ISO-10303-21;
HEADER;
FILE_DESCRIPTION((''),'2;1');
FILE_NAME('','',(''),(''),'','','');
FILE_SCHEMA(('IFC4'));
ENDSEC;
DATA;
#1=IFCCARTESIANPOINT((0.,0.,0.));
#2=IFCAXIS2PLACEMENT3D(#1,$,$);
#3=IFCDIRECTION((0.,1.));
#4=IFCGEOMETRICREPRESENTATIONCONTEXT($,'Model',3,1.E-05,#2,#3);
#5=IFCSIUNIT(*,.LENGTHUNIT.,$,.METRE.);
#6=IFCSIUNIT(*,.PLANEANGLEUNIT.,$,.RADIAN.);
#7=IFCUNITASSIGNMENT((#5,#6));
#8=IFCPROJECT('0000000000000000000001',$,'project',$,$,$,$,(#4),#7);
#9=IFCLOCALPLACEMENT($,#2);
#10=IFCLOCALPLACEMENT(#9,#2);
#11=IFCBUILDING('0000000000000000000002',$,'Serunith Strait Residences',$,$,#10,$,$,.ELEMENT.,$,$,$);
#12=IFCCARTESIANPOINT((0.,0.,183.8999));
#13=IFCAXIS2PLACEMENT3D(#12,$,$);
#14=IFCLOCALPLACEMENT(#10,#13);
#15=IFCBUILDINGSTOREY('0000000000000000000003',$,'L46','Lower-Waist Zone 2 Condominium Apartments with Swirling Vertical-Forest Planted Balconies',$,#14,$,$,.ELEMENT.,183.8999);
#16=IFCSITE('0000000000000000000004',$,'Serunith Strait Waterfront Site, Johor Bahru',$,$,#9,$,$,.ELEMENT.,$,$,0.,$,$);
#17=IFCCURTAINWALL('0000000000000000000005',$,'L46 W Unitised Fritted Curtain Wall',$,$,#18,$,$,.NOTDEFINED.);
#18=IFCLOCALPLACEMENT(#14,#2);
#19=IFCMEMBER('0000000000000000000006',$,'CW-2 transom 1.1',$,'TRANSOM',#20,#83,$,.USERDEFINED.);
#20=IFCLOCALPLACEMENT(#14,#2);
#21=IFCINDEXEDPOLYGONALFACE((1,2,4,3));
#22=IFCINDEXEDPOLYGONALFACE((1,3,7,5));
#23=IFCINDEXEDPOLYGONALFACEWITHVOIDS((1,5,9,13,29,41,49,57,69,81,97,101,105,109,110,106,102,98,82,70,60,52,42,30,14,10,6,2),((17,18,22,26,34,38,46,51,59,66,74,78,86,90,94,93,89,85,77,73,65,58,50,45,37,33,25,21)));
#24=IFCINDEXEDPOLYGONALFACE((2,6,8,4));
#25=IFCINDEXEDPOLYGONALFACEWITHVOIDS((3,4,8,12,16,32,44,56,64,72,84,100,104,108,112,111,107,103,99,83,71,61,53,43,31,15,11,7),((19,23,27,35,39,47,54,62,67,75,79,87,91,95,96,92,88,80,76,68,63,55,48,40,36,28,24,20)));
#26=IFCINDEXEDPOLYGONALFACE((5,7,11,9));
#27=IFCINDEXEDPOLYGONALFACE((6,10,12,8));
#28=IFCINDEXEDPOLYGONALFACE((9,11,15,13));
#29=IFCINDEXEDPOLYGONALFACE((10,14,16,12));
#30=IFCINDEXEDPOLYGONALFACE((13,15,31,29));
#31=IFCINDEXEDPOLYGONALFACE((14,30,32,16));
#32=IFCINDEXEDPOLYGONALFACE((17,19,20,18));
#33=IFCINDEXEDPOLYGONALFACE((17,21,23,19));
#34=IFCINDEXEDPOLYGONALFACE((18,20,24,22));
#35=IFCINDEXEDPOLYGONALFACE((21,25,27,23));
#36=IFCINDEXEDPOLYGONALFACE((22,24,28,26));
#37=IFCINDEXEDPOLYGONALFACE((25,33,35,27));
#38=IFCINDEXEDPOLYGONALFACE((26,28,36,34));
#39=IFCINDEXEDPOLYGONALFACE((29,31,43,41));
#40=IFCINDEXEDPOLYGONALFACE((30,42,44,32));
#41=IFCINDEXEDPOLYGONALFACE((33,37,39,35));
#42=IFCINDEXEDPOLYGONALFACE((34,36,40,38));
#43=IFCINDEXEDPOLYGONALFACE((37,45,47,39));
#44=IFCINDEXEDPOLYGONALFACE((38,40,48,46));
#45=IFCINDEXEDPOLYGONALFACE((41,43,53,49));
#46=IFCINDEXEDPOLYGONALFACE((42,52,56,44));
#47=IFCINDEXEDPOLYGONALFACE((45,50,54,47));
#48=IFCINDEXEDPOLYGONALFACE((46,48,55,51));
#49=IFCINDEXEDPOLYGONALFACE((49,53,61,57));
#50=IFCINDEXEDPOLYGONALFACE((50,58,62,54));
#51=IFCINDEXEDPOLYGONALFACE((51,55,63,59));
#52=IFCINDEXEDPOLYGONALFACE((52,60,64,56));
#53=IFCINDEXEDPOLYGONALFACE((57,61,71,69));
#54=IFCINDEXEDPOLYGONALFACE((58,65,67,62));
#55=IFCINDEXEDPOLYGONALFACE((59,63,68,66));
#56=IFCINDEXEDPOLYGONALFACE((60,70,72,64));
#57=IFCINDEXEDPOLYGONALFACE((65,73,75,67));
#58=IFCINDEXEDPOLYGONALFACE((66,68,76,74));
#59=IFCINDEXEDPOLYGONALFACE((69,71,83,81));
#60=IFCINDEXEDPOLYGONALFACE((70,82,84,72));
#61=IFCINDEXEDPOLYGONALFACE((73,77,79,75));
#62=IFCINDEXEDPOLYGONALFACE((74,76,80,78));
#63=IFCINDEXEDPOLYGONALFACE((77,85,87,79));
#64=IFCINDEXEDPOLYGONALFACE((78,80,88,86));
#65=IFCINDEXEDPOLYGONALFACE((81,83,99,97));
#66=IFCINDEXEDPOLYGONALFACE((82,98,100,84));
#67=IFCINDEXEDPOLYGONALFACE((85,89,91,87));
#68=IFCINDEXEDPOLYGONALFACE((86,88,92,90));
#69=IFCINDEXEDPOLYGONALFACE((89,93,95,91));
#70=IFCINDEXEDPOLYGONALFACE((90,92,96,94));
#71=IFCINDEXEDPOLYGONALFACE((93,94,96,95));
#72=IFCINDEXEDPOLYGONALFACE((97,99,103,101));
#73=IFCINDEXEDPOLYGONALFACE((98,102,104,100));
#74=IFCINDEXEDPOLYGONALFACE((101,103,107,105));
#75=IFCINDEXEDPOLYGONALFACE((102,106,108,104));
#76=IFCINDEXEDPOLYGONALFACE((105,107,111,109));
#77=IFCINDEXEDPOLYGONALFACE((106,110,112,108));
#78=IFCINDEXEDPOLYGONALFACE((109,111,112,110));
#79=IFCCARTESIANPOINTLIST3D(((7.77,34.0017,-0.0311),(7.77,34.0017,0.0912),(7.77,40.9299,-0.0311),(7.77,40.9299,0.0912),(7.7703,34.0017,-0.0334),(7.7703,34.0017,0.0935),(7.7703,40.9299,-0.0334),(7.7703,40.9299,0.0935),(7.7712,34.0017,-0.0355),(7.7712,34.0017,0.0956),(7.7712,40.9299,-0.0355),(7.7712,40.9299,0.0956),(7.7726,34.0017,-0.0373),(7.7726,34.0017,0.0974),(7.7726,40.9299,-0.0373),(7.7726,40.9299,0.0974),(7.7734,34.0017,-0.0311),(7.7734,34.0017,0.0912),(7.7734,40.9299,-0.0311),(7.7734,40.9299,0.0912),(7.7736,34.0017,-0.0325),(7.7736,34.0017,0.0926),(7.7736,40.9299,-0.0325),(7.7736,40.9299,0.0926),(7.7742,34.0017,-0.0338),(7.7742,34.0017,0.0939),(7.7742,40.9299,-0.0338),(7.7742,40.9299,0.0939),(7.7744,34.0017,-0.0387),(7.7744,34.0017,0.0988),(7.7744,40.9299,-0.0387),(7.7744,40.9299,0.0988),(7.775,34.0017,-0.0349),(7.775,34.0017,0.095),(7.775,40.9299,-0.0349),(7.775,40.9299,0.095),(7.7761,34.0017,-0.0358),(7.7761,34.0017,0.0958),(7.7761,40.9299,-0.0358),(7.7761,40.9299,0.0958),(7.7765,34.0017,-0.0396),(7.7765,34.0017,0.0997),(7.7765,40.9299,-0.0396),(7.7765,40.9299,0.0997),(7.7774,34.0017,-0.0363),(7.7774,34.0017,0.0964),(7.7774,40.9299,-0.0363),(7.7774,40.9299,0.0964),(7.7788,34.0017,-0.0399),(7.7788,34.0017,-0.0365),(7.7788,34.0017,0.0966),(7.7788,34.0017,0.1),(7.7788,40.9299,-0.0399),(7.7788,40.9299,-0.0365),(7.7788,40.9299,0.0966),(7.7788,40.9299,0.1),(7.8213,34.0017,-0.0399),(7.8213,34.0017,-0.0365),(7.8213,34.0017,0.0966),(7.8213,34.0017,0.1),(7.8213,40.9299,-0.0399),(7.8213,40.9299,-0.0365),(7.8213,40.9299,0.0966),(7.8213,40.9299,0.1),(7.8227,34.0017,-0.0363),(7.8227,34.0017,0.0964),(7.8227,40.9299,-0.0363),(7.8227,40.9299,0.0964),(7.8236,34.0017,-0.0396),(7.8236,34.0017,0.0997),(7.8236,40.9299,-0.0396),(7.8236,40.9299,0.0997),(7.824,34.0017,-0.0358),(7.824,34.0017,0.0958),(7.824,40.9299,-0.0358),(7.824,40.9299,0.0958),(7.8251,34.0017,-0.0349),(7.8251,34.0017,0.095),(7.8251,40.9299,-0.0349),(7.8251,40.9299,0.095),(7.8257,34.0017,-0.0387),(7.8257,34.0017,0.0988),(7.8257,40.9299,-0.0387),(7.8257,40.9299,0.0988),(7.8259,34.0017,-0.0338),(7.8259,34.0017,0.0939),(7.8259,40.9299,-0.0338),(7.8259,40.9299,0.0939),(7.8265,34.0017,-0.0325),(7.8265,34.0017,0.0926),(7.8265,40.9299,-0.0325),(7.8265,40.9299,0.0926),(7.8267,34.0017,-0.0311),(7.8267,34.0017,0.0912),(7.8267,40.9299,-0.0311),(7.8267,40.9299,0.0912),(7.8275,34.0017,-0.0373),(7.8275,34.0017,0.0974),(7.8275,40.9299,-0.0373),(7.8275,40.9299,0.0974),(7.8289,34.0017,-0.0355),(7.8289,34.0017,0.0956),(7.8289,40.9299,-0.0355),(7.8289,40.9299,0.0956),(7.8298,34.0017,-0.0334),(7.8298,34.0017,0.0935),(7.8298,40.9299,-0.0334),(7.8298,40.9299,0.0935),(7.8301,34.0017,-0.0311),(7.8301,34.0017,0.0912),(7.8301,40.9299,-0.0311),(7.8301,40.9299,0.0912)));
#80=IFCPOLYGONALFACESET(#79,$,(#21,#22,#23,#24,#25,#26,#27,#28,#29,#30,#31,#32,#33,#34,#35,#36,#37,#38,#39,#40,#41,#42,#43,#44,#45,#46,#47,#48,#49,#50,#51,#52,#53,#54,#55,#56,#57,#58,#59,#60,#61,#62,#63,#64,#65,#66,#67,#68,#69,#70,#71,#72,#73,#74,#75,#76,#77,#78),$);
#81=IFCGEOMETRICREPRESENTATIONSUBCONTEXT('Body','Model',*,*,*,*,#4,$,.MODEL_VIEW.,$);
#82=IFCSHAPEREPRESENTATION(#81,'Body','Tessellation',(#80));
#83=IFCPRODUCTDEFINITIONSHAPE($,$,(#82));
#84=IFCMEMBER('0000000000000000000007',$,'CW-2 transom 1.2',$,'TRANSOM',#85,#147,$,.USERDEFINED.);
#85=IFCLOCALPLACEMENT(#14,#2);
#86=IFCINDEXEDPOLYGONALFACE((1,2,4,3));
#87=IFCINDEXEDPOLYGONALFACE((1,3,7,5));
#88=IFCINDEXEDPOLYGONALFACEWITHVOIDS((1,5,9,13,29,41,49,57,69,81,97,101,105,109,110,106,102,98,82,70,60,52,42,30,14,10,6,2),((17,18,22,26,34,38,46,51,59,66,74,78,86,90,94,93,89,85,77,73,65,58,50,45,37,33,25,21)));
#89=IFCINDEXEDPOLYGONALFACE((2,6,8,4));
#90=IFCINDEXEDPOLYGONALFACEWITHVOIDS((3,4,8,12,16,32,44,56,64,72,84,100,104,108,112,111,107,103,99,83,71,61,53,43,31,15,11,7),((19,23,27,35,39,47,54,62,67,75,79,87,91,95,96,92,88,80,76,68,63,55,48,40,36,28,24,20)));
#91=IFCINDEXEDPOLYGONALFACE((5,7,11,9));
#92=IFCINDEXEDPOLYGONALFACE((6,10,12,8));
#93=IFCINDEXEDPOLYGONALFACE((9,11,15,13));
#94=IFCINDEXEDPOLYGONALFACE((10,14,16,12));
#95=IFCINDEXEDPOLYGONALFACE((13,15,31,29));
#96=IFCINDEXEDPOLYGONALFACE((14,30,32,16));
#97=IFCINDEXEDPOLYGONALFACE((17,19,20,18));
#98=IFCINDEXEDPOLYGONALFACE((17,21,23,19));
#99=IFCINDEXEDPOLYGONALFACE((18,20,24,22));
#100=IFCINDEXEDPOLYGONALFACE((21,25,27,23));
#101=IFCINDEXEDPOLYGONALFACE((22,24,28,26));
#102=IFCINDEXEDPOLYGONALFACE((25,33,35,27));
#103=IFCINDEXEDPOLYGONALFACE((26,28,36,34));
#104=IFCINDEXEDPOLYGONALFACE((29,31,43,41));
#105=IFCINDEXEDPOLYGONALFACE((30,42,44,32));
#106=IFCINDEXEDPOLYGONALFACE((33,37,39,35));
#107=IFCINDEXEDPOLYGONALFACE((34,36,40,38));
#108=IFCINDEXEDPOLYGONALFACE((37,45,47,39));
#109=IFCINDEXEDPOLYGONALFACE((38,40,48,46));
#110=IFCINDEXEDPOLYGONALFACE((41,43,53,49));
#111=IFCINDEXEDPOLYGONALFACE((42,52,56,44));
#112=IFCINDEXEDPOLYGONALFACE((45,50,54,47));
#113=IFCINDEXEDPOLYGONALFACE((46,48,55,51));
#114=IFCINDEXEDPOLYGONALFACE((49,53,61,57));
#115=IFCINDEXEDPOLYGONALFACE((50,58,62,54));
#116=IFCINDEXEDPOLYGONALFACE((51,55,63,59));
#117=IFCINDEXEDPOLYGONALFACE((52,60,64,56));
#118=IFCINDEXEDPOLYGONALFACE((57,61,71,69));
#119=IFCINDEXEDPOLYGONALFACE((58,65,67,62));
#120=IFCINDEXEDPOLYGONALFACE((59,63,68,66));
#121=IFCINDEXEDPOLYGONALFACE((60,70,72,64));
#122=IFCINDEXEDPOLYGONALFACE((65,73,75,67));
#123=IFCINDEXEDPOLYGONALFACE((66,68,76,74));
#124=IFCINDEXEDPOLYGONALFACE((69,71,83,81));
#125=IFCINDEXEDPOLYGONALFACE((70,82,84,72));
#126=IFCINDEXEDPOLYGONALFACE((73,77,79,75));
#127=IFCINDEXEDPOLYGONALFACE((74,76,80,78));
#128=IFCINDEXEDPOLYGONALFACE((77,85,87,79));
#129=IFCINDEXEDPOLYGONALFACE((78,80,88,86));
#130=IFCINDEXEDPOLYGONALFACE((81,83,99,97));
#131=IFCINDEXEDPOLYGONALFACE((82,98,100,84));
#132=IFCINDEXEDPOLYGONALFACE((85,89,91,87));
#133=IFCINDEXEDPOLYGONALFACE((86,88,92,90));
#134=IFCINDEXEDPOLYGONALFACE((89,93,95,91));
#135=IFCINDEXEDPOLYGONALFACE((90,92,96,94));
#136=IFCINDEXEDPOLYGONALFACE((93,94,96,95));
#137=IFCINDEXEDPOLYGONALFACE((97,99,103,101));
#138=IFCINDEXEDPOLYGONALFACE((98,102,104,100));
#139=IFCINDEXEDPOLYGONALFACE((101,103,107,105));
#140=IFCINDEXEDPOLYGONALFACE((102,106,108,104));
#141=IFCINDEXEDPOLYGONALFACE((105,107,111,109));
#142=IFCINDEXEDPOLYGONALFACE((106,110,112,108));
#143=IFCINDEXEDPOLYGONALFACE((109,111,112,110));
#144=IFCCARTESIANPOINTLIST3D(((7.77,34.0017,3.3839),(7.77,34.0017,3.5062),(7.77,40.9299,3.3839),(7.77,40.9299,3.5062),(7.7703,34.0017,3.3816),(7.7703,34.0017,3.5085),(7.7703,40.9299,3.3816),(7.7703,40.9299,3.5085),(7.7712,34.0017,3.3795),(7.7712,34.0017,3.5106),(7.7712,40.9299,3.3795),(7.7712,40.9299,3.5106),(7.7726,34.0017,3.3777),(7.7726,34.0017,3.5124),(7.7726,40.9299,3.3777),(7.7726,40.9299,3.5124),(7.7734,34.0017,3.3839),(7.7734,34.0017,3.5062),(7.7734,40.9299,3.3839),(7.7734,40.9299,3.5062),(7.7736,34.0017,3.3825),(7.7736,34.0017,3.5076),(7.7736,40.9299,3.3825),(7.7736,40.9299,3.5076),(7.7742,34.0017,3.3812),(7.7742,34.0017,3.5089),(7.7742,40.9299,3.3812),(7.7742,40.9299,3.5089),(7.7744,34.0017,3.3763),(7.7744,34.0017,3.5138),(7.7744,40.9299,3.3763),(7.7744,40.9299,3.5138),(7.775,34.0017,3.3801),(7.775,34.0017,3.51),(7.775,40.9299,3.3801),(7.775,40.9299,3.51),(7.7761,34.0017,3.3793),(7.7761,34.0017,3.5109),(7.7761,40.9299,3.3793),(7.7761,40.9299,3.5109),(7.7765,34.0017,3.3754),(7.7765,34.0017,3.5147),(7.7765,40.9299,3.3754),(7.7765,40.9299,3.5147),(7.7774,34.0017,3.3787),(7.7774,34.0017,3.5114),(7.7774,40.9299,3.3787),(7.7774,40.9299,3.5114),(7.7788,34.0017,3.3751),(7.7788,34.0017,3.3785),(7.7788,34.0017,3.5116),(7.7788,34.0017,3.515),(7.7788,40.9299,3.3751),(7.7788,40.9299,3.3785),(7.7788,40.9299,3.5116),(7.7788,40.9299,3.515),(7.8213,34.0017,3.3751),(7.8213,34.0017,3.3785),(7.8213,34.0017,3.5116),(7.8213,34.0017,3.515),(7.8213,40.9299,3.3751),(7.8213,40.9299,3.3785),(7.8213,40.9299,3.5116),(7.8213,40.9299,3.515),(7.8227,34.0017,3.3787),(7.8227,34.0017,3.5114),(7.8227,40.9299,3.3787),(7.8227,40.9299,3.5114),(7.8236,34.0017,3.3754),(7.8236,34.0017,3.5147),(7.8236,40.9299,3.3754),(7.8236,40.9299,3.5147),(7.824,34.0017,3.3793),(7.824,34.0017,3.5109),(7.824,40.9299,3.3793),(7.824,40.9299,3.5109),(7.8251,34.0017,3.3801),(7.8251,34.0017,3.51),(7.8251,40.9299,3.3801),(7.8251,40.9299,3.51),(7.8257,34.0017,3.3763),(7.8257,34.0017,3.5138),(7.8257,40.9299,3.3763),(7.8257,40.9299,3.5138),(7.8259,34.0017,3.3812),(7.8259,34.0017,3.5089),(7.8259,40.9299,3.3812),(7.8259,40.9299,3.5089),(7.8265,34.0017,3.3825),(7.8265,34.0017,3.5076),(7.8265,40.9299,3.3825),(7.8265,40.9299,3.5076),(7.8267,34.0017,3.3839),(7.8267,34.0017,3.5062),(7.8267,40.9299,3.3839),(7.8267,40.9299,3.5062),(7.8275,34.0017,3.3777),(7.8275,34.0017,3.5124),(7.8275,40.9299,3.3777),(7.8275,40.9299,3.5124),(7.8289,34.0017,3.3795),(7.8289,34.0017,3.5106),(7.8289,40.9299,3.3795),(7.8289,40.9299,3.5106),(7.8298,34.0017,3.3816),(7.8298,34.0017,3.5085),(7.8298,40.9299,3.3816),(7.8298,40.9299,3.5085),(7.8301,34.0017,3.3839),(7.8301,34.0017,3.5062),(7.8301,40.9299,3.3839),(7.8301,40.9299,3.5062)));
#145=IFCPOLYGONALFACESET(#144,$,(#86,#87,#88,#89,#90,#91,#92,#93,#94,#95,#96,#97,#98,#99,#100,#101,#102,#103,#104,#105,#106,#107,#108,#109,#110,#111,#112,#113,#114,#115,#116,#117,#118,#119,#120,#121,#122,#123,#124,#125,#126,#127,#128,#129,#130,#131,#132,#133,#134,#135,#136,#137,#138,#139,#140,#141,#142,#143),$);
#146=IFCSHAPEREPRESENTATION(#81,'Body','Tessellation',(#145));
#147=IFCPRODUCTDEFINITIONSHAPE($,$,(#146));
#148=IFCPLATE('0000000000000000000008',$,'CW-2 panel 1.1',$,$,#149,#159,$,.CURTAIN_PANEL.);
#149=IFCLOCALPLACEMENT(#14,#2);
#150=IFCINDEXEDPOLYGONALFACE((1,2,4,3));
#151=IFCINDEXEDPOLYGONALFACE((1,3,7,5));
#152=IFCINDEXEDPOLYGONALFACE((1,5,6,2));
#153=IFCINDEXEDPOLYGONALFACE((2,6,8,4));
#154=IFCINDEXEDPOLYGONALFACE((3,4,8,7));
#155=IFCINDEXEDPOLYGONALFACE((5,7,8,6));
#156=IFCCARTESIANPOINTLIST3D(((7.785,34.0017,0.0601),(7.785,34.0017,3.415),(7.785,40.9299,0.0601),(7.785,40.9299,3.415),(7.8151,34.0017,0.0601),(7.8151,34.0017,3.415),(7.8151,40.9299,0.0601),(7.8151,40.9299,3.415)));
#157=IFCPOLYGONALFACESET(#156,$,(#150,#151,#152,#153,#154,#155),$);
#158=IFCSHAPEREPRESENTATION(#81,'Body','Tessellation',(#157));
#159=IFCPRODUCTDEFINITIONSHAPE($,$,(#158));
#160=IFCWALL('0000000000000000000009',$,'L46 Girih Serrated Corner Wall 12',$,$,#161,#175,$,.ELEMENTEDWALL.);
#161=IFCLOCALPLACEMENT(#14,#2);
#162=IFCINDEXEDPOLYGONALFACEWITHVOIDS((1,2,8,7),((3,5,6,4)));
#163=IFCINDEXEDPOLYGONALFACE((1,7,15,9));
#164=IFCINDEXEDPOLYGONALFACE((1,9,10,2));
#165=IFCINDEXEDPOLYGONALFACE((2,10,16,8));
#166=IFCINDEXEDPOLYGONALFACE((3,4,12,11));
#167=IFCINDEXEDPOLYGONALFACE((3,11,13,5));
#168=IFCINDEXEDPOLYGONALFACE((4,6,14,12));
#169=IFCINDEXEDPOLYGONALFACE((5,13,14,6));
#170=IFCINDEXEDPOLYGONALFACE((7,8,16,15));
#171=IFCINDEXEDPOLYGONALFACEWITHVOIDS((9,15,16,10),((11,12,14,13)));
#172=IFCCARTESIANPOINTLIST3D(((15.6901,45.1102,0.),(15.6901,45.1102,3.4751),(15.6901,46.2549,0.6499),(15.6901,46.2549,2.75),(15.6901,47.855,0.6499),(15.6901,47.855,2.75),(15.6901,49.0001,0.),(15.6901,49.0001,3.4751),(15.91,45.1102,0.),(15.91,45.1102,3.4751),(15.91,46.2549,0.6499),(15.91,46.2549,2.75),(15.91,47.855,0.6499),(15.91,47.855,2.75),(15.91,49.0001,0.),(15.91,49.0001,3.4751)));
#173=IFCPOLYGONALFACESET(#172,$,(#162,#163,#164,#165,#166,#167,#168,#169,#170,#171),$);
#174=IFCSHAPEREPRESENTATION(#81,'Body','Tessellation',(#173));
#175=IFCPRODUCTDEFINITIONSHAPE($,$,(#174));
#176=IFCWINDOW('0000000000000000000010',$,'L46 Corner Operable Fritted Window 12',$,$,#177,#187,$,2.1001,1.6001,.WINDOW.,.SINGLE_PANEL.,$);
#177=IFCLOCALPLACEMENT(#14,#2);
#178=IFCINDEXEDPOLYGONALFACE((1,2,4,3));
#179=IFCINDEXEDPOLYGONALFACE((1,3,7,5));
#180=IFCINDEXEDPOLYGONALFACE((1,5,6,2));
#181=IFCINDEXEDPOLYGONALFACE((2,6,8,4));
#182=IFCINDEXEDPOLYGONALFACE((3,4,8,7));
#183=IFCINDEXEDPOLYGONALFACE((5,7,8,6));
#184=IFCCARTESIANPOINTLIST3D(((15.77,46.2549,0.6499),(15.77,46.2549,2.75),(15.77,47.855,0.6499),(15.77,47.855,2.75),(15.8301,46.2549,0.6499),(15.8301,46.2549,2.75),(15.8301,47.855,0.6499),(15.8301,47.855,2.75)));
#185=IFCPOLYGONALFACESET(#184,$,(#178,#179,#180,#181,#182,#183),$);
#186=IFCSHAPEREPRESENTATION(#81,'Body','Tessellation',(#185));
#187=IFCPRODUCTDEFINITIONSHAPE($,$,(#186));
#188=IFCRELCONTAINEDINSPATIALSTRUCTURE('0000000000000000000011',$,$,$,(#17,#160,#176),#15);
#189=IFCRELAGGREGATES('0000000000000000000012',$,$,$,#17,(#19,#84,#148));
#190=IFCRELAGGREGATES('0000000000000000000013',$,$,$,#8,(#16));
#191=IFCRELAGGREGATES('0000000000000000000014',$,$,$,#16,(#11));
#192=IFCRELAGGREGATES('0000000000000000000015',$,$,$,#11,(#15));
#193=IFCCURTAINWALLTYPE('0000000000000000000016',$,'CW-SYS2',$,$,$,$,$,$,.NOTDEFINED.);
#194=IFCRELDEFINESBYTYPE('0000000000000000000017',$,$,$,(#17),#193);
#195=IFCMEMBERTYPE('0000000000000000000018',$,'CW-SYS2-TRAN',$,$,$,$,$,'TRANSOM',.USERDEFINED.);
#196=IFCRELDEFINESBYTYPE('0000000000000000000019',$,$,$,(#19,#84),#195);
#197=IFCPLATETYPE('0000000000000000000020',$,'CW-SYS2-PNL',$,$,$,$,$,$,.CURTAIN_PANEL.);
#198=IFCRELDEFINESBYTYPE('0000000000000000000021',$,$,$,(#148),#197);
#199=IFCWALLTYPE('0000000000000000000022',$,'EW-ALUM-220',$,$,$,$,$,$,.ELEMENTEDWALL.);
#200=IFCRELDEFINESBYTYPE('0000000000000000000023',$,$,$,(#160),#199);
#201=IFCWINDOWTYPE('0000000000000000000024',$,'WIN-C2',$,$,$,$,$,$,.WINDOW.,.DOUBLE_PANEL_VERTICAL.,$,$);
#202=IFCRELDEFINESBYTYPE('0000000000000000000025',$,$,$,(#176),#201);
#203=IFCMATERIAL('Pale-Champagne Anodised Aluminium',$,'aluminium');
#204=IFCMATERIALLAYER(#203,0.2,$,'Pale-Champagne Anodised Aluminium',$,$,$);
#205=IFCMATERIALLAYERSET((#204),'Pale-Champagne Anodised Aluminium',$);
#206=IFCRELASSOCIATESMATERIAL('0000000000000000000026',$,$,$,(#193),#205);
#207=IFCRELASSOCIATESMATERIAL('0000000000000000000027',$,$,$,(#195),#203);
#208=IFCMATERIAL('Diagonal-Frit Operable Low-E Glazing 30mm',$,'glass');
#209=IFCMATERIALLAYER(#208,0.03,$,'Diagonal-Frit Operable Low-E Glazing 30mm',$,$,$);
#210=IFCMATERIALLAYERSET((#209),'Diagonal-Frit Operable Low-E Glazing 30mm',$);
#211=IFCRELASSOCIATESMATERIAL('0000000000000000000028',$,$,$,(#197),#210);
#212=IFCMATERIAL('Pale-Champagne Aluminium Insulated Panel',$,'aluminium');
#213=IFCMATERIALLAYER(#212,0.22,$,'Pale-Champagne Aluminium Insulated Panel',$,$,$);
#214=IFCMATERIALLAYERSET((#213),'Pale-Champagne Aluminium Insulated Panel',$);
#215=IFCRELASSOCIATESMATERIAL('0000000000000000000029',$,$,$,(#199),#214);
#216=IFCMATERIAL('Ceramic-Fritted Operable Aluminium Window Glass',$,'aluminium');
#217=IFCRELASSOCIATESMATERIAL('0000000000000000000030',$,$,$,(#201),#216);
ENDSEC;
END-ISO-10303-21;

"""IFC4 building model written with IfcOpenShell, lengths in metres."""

from ifc_helpers import new_model, si_unit, direction, frame, frame_2d, origin, origin_2d, place, context, subcontext, project, spatial, rectangle, hollow_rectangle, extrude, source, transform, mapped, material, layer, layer_set, material_profile, profile_set, type_object, element, fill, aggregate, save


model = new_model("IFC4")

# Units and contexts
model_context = context("Model", 3, precision=1e-05, world=origin(), true_north=direction((0.0, 1.0)))
body_context = subcontext(model_context, "Body", "Model", "MODEL_VIEW")
ifc_project = project(units=[si_unit("LENGTHUNIT", "METRE"), si_unit("PLANEANGLEUNIT", "RADIAN")], contexts=[model_context])

# Site, building, storey
site_placement = place(None, origin())
site = spatial("IfcSite", under=ifc_project, at=site_placement, Name="Serunith Strait Waterfront Site, Johor Bahru", CompositionType="ELEMENT", RefElevation=0.0)
building_placement = place(site_placement, origin())
building = spatial("IfcBuilding", under=site, at=building_placement, Name="Serunith Strait Residences", CompositionType="ELEMENT")
storey_placement = place(building_placement, frame((0.0, 0.0, 183.8999)))
storey = spatial("IfcBuildingStorey", under=building, at=storey_placement, Name="L46", Description="Lower-Waist Zone 2 Condominium Apartments with Swirling Vertical-Forest Planted Balconies", CompositionType="ELEMENT", Elevation=183.8999)

# Shared definitions
ifc_material_1 = material(Name="Pale-Champagne Anodised Aluminium", Category="aluminium")
ifc_layer_1 = layer(ifc_material_1, 0.2, Name="Pale-Champagne Anodised Aluminium")
ifc_layer_set_1 = layer_set([ifc_layer_1], Name="Pale-Champagne Anodised Aluminium")
curtain_wall_type = type_object("IfcCurtainWallType", Name="CW-SYS2", PredefinedType="NOTDEFINED", material=ifc_layer_set_1)

# Curtain wall, members, plate
curtain_wall_1_placement = place(storey_placement, origin())
curtain_wall_1 = element("IfcCurtainWall", 1, at=curtain_wall_1_placement, inside=storey, type_object=curtain_wall_type, Name="L46 W Unitised Fritted Curtain Wall", PredefinedType="NOTDEFINED")
ifc_material_profile_1 = material_profile(ifc_material_1, hollow_rectangle(XDim=0.0601, YDim=0.1399, WallThickness=0.0034, InnerFilletRadius=0.0054, OuterFilletRadius=0.0088, at=origin_2d()), Name="ALU 140x60x3.5")
ifc_profile_set_1 = profile_set([ifc_material_profile_1], Name="Pale-Champagne Anodised Aluminium")
member_type_1 = type_object("IfcMemberType", Name="CW-SYS2-TRAN", ElementType="TRANSOM", PredefinedType="USERDEFINED", material=ifc_profile_set_1)
shared_shape_1 = source(origin(), body_context, "Body", "SweptSolid", [
    extrude(hollow_rectangle(XDim=0.0601, YDim=0.1399, WallThickness=0.0034, InnerFilletRadius=0.0054, OuterFilletRadius=0.0088, at=origin_2d()), origin(), (0.0, 0.0, 1.0), 6.9282),
])
member_1_placement = place(storey_placement, frame((7.8, 40.9299, 0.03), z_axis=(0.0, -1.0, 0.0), x_axis=(1.0, 0.0, 0.0)))
member_1 = element("IfcMember", 2, at=member_1_placement, type_object=member_type_1, Name="CW-2 transom 1.1", ObjectType="TRANSOM", PredefinedType="USERDEFINED", context=body_context, shape_type="MappedRepresentation", body=[
    mapped(shared_shape_1, transform((0.0, 0.0, 0.0), scale=1.0)),
])
member_2_placement = place(storey_placement, frame((7.8, 40.9299, 3.4451), z_axis=(0.0, -1.0, 0.0), x_axis=(1.0, 0.0, 0.0)))
member_2 = element("IfcMember", 3, at=member_2_placement, type_object=member_type_1, Name="CW-2 transom 1.2", ObjectType="TRANSOM", PredefinedType="USERDEFINED", context=body_context, shape_type="MappedRepresentation", body=[
    mapped(shared_shape_1, transform((0.0, 0.0, 0.0), scale=1.0)),
])
ifc_material_2 = material(Name="Diagonal-Frit Operable Low-E Glazing 30mm", Category="glass")
ifc_layer_2 = layer(ifc_material_2, 0.03, Name="Diagonal-Frit Operable Low-E Glazing 30mm")
ifc_layer_set_2 = layer_set([ifc_layer_2], Name="Diagonal-Frit Operable Low-E Glazing 30mm")
plate_type = type_object("IfcPlateType", Name="CW-SYS2-PNL", PredefinedType="CURTAIN_PANEL", material=ifc_layer_set_2)
shared_shape_2 = source(origin(), body_context, "Body", "SweptSolid", [
    extrude(rectangle(XDim=6.9282, YDim=0.03, at=origin_2d()), origin(), (0.0, 0.0, 1.0), 3.355),
])
plate_placement = place(storey_placement, frame((7.8, 37.4658, 0.0601), z_axis=(0.0, 0.0, 1.0), x_axis=(0.0, -1.0, 0.0)))
plate = element("IfcPlate", 4, at=plate_placement, type_object=plate_type, Name="CW-2 panel 1.1", PredefinedType="CURTAIN_PANEL", context=body_context, shape_type="MappedRepresentation", body=[
    mapped(shared_shape_2, transform((0.0, 0.0, 0.0), scale=1.0)),
])
aggregate(curtain_wall_1, [member_1, member_2, plate])

# Wall, opening, window
ifc_material_3 = material(Name="Pale-Champagne Aluminium Insulated Panel", Category="aluminium")
ifc_layer_3 = layer(ifc_material_3, 0.22, Name="Pale-Champagne Aluminium Insulated Panel")
ifc_layer_set_3 = layer_set([ifc_layer_3], Name="Pale-Champagne Aluminium Insulated Panel")
wall_type_1 = type_object("IfcWallType", Name="EW-ALUM-220", PredefinedType="ELEMENTEDWALL", material=ifc_layer_set_3)
wall_1_placement = place(storey_placement, frame((15.8, 49.0, 0.0), z_axis=(0.0, 0.0, 1.0), x_axis=(0.0, -1.0, 0.0)))
wall_1 = element("IfcWall", 5, at=wall_1_placement, inside=storey, type_object=wall_type_1, Name="L46 Girih Serrated Corner Wall 12", PredefinedType="ELEMENTEDWALL", context=body_context, shape_type="SweptSolid", body=[
    extrude(rectangle(XDim=3.8899, YDim=0.22, at=frame_2d((1.9448, 0.0))), origin(), (0.0, 0.0, 1.0), 3.4751),
])
opening_1_placement = place(wall_1_placement, frame((1.145, 0.0, 0.6499)))
opening_1 = element("IfcOpeningElement", 6, at=opening_1_placement, cuts=wall_1, PredefinedType="OPENING", context=body_context, shape_type="SweptSolid", body=[
    extrude(rectangle(XDim=1.6001, YDim=2.1001, at=frame_2d((0.8, 1.05))), frame((0.0, 0.1201, 0.0), z_axis=(0.0, -1.0, 0.0), x_axis=(1.0, 0.0, 0.0)), (0.0, 0.0, 1.0), 0.24),
])
ifc_material_4 = material(Name="Ceramic-Fritted Operable Aluminium Window Glass", Category="aluminium")
window_type = type_object("IfcWindowType", Name="WIN-C2", PartitioningType="DOUBLE_PANEL_VERTICAL", PredefinedType="WINDOW", material=ifc_material_4)
shared_shape_3 = source(origin(), body_context, "Body", "SweptSolid", [
    extrude(rectangle(XDim=1.6001, YDim=2.1001, at=frame_2d((0.8, 1.05))), frame((0.0, 0.03, 0.0), z_axis=(0.0, -1.0, 0.0), x_axis=(1.0, 0.0, 0.0)), (0.0, 0.0, 1.0), 0.0601),
])
window_1_placement = place(opening_1_placement, origin())
window_1 = element("IfcWindow", 7, at=window_1_placement, inside=storey, type_object=window_type, Name="L46 Corner Operable Fritted Window 12", OverallHeight=2.1001, OverallWidth=1.6001, PartitioningType="SINGLE_PANEL", PredefinedType="WINDOW", context=body_context, shape_type="MappedRepresentation", body=[
    mapped(shared_shape_3, transform((0.0, 0.0, 0.0), scale=1.0)),
])
fill(opening_1, window_1)

save(model, "model.ifc")
